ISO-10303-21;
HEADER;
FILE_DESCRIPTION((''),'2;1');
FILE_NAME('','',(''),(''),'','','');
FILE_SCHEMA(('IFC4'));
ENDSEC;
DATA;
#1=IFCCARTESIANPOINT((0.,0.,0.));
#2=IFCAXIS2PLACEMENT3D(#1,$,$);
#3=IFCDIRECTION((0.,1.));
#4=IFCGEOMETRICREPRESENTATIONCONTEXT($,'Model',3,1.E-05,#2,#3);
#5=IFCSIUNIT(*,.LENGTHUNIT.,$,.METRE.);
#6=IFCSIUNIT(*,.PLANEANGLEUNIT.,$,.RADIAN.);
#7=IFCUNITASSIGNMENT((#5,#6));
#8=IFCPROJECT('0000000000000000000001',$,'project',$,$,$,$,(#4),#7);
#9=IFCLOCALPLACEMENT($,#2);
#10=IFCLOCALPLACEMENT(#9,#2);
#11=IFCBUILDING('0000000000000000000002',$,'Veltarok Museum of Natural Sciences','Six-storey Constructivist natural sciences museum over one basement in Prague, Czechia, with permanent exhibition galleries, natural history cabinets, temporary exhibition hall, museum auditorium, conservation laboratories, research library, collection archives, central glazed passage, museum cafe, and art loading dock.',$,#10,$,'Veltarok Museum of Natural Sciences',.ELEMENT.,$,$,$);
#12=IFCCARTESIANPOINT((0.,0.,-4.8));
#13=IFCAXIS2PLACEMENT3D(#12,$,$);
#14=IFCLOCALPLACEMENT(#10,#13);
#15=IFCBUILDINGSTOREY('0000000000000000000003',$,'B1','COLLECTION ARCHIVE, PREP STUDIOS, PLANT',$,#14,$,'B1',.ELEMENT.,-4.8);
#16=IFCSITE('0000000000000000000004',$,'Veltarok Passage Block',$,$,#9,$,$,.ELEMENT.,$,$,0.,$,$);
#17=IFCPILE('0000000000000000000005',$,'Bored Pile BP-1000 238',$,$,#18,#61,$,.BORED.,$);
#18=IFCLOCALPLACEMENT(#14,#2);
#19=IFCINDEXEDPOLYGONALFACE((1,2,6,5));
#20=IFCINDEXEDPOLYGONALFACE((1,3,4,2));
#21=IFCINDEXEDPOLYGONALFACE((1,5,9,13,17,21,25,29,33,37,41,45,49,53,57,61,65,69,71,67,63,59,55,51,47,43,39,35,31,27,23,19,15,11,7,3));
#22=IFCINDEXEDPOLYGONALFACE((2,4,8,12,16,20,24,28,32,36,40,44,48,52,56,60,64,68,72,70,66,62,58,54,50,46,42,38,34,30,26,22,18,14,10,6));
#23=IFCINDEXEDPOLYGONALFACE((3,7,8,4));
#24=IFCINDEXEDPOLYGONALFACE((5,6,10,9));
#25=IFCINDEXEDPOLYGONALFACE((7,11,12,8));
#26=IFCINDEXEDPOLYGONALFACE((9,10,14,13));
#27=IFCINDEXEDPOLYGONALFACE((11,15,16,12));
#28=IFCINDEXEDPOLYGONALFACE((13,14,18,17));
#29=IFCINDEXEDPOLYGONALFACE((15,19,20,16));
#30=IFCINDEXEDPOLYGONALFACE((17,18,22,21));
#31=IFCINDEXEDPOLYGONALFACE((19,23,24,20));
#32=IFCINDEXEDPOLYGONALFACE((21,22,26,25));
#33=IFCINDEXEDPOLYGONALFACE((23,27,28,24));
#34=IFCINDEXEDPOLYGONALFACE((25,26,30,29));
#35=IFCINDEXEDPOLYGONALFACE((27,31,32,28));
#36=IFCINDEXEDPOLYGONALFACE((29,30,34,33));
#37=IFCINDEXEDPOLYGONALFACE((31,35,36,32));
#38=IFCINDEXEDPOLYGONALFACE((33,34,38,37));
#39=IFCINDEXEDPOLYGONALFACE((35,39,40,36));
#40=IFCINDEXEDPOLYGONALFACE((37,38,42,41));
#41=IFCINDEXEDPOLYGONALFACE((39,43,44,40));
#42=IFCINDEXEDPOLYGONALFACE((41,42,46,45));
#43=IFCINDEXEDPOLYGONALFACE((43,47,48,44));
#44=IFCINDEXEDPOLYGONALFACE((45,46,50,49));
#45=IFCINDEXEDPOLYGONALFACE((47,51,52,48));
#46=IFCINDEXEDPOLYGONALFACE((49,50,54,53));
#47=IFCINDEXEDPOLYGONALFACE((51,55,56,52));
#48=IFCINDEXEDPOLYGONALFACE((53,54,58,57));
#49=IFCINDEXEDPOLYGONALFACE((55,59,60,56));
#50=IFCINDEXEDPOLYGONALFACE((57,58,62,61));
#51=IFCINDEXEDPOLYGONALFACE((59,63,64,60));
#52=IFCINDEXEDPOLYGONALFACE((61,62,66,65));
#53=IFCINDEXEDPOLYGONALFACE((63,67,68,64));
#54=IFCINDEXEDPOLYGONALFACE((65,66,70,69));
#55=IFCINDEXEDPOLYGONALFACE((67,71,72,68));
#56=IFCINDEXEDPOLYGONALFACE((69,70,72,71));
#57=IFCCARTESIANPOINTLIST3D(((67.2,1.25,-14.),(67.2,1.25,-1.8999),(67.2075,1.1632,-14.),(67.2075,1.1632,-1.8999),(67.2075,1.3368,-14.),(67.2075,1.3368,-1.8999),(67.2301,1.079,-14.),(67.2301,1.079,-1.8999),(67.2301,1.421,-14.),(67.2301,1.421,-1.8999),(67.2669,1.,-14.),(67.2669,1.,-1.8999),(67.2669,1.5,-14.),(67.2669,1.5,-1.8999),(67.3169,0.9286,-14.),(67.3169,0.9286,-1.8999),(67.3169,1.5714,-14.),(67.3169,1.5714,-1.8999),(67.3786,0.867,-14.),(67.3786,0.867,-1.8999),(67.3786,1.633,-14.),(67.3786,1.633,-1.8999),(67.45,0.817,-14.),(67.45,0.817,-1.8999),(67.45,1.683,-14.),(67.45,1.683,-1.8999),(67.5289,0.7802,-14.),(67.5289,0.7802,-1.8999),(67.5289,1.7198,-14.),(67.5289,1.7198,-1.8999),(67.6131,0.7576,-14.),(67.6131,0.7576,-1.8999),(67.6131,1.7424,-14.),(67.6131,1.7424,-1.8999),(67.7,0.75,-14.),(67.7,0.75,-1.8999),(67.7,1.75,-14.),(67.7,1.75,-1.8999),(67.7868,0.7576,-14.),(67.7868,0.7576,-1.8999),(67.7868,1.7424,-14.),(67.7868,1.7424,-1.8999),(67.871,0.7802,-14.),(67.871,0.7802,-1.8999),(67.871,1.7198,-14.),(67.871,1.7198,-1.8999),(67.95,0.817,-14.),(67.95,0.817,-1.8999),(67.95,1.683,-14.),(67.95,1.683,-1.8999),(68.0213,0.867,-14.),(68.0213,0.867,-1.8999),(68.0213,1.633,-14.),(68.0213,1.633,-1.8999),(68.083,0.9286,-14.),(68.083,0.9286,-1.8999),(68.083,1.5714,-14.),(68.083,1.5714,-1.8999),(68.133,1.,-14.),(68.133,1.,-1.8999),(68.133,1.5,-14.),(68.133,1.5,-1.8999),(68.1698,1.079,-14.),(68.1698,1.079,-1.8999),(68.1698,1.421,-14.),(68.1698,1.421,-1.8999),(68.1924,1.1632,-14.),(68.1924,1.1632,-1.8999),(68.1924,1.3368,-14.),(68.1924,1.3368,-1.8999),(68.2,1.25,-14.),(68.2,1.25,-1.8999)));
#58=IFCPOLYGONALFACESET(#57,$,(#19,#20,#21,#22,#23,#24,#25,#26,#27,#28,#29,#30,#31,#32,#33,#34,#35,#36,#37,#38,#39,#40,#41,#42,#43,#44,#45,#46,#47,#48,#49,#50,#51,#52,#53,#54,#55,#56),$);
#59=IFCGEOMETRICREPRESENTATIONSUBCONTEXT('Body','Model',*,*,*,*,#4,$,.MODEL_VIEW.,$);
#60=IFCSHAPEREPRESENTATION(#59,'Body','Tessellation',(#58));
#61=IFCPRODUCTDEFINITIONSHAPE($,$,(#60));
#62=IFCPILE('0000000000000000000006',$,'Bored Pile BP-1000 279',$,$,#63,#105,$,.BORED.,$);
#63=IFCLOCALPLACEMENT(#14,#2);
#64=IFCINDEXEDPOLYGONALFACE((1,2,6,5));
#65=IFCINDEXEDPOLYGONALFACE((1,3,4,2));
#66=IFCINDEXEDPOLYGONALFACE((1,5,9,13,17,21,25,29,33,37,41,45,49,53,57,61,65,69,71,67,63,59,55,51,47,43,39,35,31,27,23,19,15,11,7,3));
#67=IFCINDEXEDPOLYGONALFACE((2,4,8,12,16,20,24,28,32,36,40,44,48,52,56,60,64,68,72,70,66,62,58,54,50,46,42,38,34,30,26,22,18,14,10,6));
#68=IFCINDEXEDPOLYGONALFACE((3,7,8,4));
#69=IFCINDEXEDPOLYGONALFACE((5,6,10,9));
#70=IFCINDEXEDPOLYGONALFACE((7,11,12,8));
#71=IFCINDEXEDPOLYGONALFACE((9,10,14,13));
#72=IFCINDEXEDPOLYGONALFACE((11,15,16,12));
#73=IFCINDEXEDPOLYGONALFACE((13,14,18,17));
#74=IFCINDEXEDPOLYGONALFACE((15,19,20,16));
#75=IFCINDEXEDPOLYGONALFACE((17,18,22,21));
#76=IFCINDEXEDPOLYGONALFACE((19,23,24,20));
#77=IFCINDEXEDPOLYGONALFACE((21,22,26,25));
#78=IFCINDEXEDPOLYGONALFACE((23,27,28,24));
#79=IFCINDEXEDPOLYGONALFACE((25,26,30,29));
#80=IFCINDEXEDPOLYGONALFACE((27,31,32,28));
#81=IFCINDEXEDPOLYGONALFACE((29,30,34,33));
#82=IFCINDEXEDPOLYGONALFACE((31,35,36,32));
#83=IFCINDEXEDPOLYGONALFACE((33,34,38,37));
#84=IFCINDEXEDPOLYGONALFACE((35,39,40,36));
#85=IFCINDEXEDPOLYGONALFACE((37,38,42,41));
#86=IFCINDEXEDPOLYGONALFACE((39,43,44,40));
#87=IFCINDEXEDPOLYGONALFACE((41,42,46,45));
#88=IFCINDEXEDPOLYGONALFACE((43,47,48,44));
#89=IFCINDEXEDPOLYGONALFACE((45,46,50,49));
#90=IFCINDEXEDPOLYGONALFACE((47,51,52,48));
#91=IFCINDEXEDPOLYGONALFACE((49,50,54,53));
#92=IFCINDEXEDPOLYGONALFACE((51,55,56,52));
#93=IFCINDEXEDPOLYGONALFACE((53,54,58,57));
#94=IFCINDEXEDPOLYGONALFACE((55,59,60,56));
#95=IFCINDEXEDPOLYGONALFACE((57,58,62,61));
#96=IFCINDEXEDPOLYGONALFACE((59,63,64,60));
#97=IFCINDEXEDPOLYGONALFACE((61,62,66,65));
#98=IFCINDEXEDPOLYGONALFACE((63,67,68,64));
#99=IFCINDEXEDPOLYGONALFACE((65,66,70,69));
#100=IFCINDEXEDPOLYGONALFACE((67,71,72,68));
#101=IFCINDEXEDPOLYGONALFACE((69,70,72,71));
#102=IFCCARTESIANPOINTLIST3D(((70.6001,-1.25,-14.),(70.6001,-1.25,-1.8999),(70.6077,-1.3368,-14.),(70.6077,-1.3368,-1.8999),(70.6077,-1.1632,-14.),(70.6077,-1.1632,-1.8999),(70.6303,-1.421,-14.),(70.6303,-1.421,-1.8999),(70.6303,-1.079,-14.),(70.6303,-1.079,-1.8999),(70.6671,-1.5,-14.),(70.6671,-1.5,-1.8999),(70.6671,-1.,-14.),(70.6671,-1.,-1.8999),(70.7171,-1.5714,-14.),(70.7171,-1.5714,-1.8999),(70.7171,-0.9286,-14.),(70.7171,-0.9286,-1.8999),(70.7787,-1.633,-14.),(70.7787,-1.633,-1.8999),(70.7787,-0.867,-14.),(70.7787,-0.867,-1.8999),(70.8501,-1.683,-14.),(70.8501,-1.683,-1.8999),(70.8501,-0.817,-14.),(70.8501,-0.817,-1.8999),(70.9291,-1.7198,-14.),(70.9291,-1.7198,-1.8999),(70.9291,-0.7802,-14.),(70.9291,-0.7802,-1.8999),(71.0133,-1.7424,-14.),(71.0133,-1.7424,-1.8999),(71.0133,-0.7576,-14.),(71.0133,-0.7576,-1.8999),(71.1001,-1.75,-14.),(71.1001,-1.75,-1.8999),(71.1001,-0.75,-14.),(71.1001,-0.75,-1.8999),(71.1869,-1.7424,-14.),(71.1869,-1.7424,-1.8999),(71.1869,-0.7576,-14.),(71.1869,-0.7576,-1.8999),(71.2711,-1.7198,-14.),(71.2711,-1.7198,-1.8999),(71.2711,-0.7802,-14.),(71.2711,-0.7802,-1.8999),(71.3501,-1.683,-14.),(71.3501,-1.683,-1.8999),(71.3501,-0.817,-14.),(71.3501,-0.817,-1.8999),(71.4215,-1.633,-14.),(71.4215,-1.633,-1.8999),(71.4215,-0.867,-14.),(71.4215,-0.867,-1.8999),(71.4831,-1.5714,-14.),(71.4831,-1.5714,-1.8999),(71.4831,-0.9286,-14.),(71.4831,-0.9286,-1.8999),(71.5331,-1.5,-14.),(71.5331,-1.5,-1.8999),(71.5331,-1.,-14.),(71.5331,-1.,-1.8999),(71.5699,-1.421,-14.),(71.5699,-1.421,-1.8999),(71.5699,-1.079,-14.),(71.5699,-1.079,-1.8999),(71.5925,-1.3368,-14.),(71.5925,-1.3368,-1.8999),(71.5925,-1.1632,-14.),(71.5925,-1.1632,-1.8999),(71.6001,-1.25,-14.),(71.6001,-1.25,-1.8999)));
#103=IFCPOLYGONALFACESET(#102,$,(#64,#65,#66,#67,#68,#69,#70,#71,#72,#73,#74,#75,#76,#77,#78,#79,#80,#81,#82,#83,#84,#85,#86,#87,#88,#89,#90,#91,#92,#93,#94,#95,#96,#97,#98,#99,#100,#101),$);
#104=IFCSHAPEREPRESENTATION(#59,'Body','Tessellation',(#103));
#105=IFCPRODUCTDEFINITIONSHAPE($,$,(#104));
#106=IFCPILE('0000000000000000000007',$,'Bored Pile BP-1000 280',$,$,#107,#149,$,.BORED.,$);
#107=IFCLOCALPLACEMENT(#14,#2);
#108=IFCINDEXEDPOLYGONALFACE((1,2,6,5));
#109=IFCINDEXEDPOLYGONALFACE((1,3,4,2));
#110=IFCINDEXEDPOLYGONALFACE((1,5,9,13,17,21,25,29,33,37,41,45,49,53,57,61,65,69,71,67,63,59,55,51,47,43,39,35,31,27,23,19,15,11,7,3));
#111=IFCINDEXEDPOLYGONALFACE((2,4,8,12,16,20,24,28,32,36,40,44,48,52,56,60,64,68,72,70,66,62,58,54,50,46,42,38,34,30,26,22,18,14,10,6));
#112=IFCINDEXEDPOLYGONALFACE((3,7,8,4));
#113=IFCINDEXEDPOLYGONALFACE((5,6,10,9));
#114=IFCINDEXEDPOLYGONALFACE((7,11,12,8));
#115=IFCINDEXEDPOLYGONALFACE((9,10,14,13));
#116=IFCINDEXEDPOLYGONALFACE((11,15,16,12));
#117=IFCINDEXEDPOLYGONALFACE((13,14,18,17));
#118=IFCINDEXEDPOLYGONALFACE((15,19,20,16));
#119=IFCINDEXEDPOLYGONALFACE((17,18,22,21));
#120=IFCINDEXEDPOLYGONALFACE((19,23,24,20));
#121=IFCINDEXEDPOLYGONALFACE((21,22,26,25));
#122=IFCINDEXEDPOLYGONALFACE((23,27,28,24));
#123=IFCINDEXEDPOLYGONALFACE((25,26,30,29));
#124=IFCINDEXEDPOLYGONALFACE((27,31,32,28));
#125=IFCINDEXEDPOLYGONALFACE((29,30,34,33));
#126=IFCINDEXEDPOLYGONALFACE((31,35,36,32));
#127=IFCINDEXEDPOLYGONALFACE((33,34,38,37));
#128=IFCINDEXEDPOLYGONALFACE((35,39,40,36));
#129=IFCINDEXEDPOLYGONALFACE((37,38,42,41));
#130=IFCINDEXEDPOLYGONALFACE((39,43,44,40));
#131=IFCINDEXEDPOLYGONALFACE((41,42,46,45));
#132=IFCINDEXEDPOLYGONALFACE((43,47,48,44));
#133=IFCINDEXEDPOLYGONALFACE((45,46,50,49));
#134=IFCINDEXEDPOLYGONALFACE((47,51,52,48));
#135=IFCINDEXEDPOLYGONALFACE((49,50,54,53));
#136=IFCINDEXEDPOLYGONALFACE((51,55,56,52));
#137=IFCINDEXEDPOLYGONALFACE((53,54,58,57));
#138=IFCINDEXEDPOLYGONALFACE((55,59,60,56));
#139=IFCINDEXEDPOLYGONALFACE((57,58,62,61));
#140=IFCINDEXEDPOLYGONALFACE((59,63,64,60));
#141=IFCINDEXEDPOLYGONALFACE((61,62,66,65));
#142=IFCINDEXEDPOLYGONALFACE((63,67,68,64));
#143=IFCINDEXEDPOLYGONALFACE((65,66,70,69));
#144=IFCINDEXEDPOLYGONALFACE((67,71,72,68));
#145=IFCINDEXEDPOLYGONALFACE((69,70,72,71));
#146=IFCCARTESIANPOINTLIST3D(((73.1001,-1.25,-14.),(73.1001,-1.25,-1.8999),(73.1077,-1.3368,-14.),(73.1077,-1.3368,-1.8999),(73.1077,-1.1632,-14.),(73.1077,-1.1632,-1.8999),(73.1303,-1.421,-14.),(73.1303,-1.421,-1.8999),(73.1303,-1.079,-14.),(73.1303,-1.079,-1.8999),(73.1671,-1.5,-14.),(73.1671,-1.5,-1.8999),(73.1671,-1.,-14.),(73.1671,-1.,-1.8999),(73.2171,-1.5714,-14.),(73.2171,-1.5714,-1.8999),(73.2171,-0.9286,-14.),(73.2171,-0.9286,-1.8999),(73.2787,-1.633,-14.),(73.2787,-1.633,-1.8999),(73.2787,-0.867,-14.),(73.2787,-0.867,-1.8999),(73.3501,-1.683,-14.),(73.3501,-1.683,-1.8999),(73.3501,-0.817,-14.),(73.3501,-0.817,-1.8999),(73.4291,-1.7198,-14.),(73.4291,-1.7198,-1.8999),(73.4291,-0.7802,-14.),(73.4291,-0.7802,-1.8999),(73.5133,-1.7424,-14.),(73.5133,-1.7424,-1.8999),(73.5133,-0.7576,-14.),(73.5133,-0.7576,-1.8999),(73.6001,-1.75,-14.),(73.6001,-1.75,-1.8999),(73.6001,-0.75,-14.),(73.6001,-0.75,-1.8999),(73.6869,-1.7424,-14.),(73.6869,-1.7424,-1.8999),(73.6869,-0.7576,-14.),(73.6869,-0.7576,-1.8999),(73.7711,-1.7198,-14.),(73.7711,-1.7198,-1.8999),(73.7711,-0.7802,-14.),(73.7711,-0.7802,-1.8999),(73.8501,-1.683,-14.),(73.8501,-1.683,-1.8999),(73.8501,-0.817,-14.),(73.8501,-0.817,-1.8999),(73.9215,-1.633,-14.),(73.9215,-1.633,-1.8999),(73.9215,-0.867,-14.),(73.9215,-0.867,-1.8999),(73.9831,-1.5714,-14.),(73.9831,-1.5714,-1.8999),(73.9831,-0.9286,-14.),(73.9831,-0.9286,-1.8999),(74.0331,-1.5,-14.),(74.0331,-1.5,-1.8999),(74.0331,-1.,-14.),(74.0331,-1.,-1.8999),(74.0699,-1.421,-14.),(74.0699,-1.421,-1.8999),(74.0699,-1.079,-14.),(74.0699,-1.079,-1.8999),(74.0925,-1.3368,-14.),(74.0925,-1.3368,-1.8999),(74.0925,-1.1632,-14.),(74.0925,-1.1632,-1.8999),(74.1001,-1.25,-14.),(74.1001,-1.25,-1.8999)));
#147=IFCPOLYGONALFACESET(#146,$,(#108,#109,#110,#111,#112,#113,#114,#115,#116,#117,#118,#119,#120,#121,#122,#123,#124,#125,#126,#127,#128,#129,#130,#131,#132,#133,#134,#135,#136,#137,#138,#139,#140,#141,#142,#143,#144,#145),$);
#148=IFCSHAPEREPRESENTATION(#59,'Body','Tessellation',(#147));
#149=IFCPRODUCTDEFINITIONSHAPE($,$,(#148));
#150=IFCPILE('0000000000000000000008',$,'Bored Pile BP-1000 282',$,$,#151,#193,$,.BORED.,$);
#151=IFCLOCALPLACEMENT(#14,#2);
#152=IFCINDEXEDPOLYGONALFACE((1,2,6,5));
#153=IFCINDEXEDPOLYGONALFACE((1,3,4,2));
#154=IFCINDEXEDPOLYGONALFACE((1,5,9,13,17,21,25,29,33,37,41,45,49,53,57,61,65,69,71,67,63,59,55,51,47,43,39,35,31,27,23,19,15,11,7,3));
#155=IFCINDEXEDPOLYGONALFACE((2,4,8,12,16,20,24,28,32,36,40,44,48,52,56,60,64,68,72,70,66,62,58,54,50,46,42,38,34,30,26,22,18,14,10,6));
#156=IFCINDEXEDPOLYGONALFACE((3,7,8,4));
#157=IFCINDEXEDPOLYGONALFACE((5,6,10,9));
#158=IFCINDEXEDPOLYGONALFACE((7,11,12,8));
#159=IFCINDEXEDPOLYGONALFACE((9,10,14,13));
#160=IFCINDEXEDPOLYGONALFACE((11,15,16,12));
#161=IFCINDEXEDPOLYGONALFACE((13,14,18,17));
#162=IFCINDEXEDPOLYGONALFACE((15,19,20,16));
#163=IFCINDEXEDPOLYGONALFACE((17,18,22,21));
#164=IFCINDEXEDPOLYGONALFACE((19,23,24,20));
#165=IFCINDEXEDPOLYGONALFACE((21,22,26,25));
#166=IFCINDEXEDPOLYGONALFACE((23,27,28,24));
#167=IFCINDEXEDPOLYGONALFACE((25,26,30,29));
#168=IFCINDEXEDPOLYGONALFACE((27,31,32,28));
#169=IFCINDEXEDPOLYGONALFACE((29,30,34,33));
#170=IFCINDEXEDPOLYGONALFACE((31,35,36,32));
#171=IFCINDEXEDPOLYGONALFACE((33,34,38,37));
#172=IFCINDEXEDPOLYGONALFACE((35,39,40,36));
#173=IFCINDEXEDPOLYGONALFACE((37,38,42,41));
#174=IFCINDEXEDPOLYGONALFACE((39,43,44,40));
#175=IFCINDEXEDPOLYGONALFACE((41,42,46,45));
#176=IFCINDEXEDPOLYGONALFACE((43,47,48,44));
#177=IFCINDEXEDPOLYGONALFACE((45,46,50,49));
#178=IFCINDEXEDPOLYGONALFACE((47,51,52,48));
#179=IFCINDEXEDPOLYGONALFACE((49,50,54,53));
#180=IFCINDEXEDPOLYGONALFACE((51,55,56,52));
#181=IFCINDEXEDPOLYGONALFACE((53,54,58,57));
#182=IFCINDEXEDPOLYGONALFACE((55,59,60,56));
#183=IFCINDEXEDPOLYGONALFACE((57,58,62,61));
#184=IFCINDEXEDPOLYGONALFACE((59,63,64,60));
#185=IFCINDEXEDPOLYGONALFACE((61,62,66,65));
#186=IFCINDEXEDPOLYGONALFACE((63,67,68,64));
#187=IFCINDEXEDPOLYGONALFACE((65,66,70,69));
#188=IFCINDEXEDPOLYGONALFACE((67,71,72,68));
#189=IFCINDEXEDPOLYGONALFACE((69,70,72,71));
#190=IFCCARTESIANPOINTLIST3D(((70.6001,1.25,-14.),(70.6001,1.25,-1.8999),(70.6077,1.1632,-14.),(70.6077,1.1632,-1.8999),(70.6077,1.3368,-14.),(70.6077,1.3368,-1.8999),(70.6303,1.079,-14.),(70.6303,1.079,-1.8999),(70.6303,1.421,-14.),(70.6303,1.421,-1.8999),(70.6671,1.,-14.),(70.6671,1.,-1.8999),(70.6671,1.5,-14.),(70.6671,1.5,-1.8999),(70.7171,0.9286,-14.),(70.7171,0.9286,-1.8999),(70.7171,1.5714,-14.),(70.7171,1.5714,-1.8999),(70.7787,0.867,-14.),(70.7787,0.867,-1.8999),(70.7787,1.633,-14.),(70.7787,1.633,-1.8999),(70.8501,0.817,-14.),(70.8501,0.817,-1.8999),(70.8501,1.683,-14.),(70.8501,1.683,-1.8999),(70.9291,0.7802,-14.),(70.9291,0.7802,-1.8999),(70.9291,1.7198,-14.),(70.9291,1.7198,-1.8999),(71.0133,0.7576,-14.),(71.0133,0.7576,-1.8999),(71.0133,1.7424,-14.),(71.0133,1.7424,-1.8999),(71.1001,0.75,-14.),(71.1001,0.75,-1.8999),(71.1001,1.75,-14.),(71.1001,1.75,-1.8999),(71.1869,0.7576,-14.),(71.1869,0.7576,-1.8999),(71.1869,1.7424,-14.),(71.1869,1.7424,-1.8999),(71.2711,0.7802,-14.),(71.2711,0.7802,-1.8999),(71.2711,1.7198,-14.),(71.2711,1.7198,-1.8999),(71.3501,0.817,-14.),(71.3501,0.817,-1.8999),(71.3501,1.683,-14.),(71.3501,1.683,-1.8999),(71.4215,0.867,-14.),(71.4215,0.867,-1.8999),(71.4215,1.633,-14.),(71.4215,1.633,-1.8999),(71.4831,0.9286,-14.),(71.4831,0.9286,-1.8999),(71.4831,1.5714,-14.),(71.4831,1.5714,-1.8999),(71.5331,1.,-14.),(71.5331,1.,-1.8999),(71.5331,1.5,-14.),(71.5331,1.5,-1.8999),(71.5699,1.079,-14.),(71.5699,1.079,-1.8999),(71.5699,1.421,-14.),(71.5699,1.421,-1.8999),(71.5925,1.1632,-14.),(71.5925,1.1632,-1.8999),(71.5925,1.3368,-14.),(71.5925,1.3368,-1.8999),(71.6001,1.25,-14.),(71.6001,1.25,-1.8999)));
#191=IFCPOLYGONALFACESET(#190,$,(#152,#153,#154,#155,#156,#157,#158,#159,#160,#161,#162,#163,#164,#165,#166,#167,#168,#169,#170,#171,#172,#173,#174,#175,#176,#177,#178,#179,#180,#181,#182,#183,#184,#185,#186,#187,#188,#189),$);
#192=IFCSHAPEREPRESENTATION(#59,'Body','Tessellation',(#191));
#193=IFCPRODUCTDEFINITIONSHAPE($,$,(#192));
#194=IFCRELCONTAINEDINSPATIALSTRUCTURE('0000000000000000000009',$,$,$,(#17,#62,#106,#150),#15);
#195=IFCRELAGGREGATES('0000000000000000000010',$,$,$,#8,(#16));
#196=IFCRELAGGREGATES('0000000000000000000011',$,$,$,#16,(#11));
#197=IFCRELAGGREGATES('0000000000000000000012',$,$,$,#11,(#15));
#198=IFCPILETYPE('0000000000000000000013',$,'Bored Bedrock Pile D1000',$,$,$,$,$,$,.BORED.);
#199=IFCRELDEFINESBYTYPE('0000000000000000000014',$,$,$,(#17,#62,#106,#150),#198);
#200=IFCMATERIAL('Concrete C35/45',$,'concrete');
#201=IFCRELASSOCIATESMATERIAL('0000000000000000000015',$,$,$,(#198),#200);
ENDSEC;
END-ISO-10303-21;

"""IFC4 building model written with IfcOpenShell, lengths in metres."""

from ifc_helpers import new_model, si_unit, direction, frame, origin, origin_2d, place, context, subcontext, project, spatial, circle, extrude, material, material_profile, profile_set, type_object, element, save


model = new_model("IFC4")

# Units and contexts
model_context = context("Model", 3, precision=1e-05, world=origin(), true_north=direction((0.0, 1.0)))
body_context = subcontext(model_context, "Body", "Model", "MODEL_VIEW")
ifc_project = project(units=[si_unit("LENGTHUNIT", "METRE"), si_unit("PLANEANGLEUNIT", "RADIAN")], contexts=[model_context])

# Site, building, storey
site_placement = place(None, origin())
site = spatial("IfcSite", under=ifc_project, at=site_placement, Name="Veltarok Passage Block", CompositionType="ELEMENT", RefElevation=0.0)
building_placement = place(site_placement, origin())
building = spatial("IfcBuilding", under=site, at=building_placement, Name="Veltarok Museum of Natural Sciences", Description="Six-storey Constructivist natural sciences museum over one basement in Prague, Czechia, with permanent exhibition galleries, natural history cabinets, temporary exhibition hall, museum auditorium, conservation laboratories, research library, collection archives, central glazed passage, museum cafe, and art loading dock.", LongName="Veltarok Museum of Natural Sciences", CompositionType="ELEMENT")
storey_placement = place(building_placement, frame((0.0, 0.0, -4.8)))
storey = spatial("IfcBuildingStorey", under=building, at=storey_placement, Name="B1", Description="COLLECTION ARCHIVE, PREP STUDIOS, PLANT", LongName="B1", CompositionType="ELEMENT", Elevation=-4.8)

# Piles
ifc_material_1 = material(Name="Concrete C35/45", Category="concrete")
ifc_material_profile_1 = material_profile(ifc_material_1, circle(Radius=0.5, at=origin_2d()), Name="BP D1000")
ifc_profile_set_1 = profile_set([ifc_material_profile_1], Name="Concrete C35/45")
pile_type = type_object("IfcPileType", Name="Bored Bedrock Pile D1000", PredefinedType="BORED", material=ifc_profile_set_1)
for number, where, z_axis, x_axis, name in (
    (1, (67.7, 1.25, -1.8999), (0.0, 0.0, -1.0), (1.0, 0.0, 0.0), "Bored Pile BP-1000 238"),
    (2, (71.1001, -1.25, -1.8999), (0.0, 0.0, -1.0), (1.0, 0.0, 0.0), "Bored Pile BP-1000 279"),
    (3, (73.6001, -1.25, -1.8999), (0.0, 0.0, -1.0), (1.0, 0.0, 0.0), "Bored Pile BP-1000 280"),
    (4, (71.1001, 1.25, -1.8999), (0.0, 0.0, -1.0), (1.0, 0.0, 0.0), "Bored Pile BP-1000 282"),
):
    element("IfcPile", number, at=place(storey_placement, frame(where, z_axis=z_axis, x_axis=x_axis)), inside=storey, type_object=pile_type, Name=name, PredefinedType="BORED", context=body_context, shape_type="SweptSolid", body=[
        extrude(circle(Radius=0.5, at=origin_2d()), origin(), (0.0, 0.0, 1.0), 12.1001),
    ])

save(model, "model.ifc")
